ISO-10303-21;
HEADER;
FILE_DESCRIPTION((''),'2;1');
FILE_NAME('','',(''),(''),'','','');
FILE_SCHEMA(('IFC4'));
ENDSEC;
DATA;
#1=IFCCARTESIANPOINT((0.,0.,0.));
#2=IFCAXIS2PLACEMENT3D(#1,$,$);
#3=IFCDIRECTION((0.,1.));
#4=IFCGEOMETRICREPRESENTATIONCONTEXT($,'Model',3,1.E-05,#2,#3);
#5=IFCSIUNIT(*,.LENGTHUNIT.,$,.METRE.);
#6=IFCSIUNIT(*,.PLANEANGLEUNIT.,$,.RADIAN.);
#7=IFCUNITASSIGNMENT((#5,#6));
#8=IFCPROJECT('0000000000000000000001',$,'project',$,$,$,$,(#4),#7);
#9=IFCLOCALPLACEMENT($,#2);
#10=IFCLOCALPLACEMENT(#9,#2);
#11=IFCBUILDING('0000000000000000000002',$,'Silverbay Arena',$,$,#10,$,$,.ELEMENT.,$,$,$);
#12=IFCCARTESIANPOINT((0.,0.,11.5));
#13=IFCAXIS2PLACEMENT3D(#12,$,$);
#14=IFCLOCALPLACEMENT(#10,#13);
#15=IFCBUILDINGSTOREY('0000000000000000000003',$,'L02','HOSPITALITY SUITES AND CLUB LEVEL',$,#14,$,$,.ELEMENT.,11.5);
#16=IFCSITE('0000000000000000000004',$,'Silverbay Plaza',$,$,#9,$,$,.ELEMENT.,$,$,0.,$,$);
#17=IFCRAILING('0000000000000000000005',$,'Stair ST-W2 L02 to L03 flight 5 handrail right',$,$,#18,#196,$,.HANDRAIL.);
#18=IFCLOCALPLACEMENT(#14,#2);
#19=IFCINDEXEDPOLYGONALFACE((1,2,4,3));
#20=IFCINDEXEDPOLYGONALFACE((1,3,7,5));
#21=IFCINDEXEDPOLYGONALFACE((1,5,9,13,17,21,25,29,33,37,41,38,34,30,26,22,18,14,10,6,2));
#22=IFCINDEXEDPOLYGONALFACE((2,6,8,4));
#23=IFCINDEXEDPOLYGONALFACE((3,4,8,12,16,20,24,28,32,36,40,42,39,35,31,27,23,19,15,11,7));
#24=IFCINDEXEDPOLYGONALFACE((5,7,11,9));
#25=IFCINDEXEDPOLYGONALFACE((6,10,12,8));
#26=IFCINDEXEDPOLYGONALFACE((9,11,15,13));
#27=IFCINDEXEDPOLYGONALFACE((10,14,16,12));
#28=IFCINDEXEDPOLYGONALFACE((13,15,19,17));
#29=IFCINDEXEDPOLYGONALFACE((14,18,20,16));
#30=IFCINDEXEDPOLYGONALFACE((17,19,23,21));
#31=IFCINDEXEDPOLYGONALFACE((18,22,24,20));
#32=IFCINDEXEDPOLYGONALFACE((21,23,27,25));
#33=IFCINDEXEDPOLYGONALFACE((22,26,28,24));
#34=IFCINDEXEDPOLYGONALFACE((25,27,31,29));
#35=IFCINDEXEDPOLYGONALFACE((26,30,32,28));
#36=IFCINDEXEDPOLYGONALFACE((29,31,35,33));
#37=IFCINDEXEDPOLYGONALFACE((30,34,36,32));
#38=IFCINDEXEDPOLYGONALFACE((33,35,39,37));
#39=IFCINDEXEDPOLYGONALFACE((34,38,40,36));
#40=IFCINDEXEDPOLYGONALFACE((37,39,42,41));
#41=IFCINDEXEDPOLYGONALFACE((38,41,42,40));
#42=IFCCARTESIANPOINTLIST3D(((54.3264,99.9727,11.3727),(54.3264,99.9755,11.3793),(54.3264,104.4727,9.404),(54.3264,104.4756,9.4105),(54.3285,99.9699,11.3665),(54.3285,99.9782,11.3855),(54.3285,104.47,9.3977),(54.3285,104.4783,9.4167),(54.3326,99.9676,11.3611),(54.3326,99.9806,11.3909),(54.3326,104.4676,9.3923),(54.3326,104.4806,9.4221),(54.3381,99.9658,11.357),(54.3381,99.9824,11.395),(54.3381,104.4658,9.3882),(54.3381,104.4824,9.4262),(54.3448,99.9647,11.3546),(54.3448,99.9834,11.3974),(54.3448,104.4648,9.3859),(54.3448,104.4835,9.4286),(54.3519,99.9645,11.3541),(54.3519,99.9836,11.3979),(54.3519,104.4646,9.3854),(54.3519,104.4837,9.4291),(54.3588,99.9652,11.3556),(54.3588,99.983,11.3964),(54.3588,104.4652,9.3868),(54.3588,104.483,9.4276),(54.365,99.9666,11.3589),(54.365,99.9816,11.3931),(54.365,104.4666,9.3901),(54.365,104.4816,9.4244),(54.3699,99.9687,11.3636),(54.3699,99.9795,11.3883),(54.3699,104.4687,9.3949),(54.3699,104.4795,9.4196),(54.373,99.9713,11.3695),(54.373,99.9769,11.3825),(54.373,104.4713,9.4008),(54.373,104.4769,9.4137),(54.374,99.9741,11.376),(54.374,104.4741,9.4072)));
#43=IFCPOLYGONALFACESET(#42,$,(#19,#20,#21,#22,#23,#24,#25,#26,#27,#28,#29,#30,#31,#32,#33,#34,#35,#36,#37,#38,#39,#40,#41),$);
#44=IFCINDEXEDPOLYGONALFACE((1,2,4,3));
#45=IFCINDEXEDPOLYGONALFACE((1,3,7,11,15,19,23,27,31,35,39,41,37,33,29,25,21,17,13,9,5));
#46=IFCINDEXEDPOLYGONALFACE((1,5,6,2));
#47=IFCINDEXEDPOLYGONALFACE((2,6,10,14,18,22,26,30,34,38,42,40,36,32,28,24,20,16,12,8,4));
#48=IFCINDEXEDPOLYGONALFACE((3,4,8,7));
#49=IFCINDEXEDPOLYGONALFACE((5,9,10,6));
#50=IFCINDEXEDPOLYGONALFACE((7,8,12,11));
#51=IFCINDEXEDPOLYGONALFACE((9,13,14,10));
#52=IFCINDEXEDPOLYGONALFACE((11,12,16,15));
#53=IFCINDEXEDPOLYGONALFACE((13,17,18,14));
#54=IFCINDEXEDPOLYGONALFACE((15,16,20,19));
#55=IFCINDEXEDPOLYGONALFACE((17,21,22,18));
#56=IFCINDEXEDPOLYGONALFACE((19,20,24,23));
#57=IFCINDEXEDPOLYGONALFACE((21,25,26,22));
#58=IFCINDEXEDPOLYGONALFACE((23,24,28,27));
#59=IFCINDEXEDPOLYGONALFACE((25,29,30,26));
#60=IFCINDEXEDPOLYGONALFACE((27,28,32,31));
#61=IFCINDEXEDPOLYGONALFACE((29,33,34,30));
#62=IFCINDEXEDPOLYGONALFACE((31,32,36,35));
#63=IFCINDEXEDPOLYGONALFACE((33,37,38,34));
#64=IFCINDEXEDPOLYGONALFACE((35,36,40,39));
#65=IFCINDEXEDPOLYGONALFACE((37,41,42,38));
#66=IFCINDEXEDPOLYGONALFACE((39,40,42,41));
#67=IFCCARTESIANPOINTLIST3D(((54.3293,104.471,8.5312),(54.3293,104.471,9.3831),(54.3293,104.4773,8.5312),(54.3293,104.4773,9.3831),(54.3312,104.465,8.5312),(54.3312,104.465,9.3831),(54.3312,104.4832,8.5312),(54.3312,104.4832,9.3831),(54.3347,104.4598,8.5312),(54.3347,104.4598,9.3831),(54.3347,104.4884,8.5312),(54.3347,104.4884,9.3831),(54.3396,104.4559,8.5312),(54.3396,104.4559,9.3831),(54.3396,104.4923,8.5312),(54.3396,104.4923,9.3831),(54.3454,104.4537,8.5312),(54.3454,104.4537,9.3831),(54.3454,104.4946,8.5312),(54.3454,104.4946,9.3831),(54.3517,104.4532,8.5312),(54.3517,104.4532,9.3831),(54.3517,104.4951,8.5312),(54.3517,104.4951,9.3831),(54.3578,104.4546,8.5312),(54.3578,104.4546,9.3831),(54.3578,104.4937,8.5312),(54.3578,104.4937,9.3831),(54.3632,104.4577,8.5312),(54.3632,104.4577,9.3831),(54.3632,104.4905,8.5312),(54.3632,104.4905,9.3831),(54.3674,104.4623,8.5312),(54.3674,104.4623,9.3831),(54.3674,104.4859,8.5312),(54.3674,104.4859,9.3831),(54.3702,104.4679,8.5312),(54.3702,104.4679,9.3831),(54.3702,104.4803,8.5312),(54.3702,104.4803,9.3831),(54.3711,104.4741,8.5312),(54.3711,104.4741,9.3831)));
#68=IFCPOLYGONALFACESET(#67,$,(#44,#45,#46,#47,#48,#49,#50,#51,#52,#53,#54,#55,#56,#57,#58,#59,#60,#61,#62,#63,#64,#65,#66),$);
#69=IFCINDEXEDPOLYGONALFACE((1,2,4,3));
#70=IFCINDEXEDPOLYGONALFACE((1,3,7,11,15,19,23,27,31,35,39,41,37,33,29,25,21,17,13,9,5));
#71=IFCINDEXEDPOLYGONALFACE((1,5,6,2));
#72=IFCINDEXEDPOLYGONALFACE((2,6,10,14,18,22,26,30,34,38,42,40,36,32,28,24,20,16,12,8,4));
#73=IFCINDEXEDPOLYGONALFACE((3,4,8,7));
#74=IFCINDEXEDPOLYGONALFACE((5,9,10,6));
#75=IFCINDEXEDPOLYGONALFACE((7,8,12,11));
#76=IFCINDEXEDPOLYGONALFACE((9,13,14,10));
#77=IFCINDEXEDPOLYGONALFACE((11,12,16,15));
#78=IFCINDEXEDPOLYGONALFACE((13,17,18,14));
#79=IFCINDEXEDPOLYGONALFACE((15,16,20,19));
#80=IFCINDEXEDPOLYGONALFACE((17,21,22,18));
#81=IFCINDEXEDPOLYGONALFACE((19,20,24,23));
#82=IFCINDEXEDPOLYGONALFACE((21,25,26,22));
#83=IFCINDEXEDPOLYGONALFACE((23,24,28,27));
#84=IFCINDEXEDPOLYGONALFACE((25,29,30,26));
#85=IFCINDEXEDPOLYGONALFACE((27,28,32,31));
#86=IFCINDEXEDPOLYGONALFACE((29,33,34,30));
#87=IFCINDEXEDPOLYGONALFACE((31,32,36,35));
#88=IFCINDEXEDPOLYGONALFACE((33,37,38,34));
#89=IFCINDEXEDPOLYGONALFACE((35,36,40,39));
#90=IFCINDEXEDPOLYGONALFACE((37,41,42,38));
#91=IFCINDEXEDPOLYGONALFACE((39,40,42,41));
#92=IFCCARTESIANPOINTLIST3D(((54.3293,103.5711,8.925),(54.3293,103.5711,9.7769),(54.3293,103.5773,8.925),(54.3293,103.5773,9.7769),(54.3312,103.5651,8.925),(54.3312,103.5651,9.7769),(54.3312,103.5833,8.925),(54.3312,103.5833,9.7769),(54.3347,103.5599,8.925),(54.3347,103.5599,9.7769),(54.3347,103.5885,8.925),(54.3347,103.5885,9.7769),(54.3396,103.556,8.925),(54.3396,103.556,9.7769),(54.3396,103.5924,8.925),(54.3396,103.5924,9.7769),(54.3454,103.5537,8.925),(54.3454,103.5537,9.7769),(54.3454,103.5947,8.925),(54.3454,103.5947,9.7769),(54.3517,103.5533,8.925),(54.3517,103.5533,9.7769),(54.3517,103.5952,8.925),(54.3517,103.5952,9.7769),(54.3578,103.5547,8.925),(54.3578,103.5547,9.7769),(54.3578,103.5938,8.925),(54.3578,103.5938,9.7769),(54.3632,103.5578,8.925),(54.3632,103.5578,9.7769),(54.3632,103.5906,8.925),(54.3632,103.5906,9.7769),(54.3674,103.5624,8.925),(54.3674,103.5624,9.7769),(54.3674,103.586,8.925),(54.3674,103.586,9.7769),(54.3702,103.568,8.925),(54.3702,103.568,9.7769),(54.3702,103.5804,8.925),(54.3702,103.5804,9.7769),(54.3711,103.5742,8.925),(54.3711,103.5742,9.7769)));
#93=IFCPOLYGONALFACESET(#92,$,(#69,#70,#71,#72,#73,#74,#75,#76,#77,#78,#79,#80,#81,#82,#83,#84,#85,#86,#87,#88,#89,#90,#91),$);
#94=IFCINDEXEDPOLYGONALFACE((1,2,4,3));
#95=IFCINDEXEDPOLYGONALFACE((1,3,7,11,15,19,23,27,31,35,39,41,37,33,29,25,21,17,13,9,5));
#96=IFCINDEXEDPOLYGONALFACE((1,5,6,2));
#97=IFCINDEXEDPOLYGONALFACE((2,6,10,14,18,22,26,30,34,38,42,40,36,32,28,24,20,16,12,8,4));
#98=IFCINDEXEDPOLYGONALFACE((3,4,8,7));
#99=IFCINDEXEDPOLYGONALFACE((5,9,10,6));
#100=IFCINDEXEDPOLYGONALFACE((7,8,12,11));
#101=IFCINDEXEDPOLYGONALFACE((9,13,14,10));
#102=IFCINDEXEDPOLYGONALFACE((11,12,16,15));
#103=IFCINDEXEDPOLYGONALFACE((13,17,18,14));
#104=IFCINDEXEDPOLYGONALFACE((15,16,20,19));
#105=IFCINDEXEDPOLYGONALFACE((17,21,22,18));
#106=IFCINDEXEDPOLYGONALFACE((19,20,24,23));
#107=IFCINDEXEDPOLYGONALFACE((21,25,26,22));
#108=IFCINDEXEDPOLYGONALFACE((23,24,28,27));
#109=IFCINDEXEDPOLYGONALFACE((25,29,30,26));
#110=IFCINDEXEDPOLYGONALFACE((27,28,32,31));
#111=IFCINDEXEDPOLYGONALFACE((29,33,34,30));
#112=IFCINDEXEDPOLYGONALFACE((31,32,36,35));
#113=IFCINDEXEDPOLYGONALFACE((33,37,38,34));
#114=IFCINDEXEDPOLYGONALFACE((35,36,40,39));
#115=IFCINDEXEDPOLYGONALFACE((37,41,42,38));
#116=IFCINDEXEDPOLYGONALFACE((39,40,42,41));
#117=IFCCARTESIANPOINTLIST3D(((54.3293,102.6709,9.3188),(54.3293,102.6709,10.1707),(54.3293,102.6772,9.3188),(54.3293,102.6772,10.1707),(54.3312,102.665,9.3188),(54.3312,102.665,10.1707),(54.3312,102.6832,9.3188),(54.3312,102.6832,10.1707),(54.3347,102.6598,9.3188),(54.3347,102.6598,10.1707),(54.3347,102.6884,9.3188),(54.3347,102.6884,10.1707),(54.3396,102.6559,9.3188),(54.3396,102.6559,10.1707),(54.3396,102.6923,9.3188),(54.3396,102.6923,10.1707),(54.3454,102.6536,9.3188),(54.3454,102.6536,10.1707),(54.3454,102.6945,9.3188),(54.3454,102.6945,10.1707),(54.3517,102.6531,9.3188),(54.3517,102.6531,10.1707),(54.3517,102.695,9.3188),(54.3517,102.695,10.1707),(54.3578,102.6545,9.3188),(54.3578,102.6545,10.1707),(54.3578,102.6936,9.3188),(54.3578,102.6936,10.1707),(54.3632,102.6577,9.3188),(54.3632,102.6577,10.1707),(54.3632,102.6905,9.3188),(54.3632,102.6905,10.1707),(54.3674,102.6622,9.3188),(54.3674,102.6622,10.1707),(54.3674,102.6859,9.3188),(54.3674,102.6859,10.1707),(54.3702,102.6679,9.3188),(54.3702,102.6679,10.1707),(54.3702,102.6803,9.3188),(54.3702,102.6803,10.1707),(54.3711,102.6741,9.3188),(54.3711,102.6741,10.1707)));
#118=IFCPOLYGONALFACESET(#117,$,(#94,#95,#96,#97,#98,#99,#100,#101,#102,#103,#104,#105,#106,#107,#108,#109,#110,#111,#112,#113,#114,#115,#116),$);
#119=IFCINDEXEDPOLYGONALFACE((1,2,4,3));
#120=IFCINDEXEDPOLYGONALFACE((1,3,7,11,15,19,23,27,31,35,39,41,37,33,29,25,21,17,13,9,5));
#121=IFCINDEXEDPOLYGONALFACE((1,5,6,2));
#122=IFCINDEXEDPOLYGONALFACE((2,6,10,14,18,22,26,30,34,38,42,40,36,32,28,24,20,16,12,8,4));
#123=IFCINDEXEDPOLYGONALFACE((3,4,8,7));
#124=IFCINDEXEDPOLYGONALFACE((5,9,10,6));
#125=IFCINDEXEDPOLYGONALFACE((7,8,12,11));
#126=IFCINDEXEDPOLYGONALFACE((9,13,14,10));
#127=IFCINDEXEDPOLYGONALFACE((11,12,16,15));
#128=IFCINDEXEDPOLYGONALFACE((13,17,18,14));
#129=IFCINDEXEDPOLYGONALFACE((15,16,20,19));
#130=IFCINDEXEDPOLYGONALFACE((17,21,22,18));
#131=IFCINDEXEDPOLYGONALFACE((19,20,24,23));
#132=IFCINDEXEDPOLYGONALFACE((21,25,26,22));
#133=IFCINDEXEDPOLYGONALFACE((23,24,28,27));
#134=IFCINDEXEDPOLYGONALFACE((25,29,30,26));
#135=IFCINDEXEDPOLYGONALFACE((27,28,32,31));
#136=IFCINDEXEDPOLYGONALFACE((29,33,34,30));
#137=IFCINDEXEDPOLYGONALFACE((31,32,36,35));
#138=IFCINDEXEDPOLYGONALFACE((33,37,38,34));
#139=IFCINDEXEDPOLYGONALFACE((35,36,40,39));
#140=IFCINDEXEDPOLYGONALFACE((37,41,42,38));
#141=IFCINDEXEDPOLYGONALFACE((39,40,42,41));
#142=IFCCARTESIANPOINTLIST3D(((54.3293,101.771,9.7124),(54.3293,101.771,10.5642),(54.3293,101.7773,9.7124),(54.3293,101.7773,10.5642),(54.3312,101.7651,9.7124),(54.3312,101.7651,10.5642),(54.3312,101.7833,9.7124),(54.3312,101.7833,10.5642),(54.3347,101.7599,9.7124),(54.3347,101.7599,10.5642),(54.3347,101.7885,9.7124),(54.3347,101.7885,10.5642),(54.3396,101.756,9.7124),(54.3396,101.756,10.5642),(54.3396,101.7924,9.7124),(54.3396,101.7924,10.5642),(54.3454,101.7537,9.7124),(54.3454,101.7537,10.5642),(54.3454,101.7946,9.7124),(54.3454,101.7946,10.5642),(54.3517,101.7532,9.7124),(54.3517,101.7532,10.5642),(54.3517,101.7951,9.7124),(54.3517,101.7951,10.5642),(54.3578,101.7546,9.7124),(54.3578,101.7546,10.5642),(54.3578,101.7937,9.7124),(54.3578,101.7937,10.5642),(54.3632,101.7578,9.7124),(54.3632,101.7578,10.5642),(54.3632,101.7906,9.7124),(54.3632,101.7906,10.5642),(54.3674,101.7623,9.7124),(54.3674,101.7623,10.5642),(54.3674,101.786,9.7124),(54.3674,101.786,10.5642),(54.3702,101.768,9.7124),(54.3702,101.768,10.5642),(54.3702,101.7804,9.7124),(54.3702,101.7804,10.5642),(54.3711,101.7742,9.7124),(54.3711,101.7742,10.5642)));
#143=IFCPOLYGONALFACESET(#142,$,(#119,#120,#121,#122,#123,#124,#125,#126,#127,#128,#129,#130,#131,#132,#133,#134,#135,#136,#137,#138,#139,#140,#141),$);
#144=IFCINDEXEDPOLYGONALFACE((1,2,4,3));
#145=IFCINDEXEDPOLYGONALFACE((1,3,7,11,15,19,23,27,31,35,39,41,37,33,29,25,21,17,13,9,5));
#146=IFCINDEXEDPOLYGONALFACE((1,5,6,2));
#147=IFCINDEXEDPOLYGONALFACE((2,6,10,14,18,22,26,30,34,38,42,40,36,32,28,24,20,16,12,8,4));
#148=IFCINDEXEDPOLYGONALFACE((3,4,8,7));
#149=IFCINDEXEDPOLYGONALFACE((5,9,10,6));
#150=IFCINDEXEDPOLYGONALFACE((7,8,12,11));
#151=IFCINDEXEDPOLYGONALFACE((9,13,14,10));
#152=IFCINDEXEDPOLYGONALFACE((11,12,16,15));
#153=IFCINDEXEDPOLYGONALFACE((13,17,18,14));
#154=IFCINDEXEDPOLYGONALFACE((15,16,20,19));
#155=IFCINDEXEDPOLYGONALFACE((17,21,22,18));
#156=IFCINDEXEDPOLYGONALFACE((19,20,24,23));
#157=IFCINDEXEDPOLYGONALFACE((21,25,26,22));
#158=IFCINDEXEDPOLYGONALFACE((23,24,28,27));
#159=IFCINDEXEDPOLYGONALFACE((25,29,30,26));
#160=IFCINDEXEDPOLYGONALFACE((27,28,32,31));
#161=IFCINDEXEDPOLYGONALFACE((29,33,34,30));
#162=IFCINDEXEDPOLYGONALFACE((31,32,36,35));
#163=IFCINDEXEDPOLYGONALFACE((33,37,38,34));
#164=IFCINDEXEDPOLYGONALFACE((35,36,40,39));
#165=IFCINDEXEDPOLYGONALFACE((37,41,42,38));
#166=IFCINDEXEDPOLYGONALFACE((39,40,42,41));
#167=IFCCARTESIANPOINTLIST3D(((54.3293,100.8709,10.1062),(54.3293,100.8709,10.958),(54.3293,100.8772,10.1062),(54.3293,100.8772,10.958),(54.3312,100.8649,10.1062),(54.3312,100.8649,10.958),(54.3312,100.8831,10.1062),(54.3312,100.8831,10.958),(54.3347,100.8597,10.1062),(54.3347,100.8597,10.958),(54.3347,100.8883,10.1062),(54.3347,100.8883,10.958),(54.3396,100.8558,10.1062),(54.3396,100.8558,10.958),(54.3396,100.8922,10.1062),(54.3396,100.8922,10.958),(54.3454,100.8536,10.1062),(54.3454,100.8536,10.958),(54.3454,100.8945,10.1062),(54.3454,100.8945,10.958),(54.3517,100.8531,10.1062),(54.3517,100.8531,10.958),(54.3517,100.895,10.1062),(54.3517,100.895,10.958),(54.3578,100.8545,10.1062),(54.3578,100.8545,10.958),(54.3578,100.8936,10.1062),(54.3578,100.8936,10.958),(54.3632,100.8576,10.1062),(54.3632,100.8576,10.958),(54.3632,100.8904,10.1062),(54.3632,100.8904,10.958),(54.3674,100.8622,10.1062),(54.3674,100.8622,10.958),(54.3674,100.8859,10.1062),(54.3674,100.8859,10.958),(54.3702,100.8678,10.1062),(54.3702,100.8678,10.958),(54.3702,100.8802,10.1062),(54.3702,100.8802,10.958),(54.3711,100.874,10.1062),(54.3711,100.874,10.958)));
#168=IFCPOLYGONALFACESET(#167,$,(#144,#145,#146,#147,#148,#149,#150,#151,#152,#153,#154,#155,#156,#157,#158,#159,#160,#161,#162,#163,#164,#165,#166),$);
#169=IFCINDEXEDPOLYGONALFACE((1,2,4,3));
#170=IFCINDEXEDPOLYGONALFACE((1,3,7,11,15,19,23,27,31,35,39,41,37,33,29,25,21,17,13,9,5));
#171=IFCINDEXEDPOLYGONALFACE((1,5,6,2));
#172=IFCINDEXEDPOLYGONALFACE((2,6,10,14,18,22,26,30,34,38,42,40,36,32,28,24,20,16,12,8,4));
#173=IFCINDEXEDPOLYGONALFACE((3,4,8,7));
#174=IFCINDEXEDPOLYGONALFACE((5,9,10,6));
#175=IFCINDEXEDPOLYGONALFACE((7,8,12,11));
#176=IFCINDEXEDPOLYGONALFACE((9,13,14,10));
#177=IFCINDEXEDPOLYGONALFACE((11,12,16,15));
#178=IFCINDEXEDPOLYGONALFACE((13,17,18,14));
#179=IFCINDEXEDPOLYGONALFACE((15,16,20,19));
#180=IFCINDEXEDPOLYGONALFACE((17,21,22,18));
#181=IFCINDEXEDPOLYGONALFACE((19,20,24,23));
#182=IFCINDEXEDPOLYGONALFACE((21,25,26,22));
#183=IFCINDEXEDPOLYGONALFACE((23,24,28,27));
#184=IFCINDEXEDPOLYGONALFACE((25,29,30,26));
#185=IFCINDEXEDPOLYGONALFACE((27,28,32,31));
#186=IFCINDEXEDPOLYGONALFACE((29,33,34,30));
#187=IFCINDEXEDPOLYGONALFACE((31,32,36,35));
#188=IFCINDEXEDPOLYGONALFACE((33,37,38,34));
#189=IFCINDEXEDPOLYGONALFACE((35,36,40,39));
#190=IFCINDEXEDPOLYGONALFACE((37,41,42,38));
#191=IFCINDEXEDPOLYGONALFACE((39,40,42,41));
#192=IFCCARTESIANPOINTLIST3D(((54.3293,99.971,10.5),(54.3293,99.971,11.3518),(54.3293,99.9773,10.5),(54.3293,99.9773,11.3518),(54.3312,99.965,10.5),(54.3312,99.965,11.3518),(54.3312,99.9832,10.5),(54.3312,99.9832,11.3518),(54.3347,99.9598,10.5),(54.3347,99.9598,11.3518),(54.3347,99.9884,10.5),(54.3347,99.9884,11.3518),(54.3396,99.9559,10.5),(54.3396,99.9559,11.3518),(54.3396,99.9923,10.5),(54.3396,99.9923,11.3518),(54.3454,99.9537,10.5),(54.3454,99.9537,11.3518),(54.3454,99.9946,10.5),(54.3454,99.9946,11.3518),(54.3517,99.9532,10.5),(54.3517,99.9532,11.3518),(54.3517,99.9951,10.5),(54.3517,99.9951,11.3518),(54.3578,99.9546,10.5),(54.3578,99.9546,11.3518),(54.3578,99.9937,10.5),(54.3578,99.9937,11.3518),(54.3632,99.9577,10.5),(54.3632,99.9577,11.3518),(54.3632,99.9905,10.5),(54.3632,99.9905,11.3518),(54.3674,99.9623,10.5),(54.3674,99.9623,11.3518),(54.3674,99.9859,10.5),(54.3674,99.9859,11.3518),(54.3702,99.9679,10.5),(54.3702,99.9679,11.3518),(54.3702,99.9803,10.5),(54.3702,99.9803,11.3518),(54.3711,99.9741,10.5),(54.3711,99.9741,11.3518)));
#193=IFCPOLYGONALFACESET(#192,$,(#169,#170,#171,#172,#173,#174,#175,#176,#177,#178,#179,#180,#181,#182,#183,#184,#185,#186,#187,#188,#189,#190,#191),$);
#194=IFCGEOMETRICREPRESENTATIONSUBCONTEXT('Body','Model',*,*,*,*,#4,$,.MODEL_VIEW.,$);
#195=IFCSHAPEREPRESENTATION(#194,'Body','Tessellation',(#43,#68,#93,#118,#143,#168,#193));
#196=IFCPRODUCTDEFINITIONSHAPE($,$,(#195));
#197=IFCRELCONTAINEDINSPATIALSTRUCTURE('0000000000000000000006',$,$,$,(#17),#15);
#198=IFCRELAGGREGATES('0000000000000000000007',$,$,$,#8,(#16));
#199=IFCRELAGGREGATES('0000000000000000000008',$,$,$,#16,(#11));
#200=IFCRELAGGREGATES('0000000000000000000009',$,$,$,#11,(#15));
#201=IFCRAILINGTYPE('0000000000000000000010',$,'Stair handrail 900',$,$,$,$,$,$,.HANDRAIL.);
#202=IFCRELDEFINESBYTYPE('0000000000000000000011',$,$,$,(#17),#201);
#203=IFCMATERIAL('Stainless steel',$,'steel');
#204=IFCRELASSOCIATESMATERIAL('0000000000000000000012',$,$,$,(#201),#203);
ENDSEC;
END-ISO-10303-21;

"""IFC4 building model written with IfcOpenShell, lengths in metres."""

from ifc_helpers import new_model, si_unit, direction, frame, origin, origin_2d, place, context, subcontext, project, spatial, circle, extrude, material, type_object, element, save


model = new_model("IFC4")

# Units and contexts
model_context = context("Model", 3, precision=1e-05, world=origin(), true_north=direction((0.0, 1.0)))
body_context = subcontext(model_context, "Body", "Model", "MODEL_VIEW")
ifc_project = project(units=[si_unit("LENGTHUNIT", "METRE"), si_unit("PLANEANGLEUNIT", "RADIAN")], contexts=[model_context])

# Site, building, storey
site_placement = place(None, origin())
site = spatial("IfcSite", under=ifc_project, at=site_placement, Name="Silverbay Plaza", CompositionType="ELEMENT", RefElevation=0.0)
building_placement = place(site_placement, origin())
building = spatial("IfcBuilding", under=site, at=building_placement, Name="Silverbay Arena", CompositionType="ELEMENT")
storey_placement = place(building_placement, frame((0.0, 0.0, 11.5)))
storey = spatial("IfcBuildingStorey", under=building, at=storey_placement, Name="L02", Description="HOSPITALITY SUITES AND CLUB LEVEL", CompositionType="ELEMENT", Elevation=11.5)

# Railing
ifc_material_1 = material(Name="Stainless steel", Category="steel")
railing_type_1 = type_object("IfcRailingType", Name="Stair handrail 900", PredefinedType="HANDRAIL", material=ifc_material_1)
for number, where, name in (
    (1, (54.3501, 104.4741, 8.5312), "Stair ST-W2 L02 to L03 flight 5 handrail right"),
):
    element("IfcRailing", number, at=place(storey_placement, frame(where)), inside=storey, type_object=railing_type_1, Name=name, PredefinedType="HANDRAIL", context=body_context, shape_type="SweptSolid", body=[
        extrude(circle(Radius=0.0239, at=origin_2d()), frame((0.0, 0.0, 0.876), z_axis=(0.0, -0.916157, 0.400819), x_axis=(1.0, 0.0, 0.0)), (0.0, 0.0, 1.0), 4.9119),
        extrude(circle(Radius=0.021, at=origin_2d()), origin(), (0.0, 0.0, 1.0), 0.8518),
        extrude(circle(Radius=0.021, at=origin_2d()), frame((0.0, -0.8999, 0.3938)), (0.0, 0.0, 1.0), 0.8518),
        extrude(circle(Radius=0.021, at=origin_2d()), frame((0.0, -1.8, 0.7876)), (0.0, 0.0, 1.0), 0.8518),
        extrude(circle(Radius=0.021, at=origin_2d()), frame((0.0, -2.7, 1.1812)), (0.0, 0.0, 1.0), 0.8518),
        extrude(circle(Radius=0.021, at=origin_2d()), frame((0.0, -3.6001, 1.575)), (0.0, 0.0, 1.0), 0.8518),
        extrude(circle(Radius=0.021, at=origin_2d()), frame((0.0, -4.5, 1.9688)), (0.0, 0.0, 1.0), 0.8518),
    ])

save(model, "model.ifc")
